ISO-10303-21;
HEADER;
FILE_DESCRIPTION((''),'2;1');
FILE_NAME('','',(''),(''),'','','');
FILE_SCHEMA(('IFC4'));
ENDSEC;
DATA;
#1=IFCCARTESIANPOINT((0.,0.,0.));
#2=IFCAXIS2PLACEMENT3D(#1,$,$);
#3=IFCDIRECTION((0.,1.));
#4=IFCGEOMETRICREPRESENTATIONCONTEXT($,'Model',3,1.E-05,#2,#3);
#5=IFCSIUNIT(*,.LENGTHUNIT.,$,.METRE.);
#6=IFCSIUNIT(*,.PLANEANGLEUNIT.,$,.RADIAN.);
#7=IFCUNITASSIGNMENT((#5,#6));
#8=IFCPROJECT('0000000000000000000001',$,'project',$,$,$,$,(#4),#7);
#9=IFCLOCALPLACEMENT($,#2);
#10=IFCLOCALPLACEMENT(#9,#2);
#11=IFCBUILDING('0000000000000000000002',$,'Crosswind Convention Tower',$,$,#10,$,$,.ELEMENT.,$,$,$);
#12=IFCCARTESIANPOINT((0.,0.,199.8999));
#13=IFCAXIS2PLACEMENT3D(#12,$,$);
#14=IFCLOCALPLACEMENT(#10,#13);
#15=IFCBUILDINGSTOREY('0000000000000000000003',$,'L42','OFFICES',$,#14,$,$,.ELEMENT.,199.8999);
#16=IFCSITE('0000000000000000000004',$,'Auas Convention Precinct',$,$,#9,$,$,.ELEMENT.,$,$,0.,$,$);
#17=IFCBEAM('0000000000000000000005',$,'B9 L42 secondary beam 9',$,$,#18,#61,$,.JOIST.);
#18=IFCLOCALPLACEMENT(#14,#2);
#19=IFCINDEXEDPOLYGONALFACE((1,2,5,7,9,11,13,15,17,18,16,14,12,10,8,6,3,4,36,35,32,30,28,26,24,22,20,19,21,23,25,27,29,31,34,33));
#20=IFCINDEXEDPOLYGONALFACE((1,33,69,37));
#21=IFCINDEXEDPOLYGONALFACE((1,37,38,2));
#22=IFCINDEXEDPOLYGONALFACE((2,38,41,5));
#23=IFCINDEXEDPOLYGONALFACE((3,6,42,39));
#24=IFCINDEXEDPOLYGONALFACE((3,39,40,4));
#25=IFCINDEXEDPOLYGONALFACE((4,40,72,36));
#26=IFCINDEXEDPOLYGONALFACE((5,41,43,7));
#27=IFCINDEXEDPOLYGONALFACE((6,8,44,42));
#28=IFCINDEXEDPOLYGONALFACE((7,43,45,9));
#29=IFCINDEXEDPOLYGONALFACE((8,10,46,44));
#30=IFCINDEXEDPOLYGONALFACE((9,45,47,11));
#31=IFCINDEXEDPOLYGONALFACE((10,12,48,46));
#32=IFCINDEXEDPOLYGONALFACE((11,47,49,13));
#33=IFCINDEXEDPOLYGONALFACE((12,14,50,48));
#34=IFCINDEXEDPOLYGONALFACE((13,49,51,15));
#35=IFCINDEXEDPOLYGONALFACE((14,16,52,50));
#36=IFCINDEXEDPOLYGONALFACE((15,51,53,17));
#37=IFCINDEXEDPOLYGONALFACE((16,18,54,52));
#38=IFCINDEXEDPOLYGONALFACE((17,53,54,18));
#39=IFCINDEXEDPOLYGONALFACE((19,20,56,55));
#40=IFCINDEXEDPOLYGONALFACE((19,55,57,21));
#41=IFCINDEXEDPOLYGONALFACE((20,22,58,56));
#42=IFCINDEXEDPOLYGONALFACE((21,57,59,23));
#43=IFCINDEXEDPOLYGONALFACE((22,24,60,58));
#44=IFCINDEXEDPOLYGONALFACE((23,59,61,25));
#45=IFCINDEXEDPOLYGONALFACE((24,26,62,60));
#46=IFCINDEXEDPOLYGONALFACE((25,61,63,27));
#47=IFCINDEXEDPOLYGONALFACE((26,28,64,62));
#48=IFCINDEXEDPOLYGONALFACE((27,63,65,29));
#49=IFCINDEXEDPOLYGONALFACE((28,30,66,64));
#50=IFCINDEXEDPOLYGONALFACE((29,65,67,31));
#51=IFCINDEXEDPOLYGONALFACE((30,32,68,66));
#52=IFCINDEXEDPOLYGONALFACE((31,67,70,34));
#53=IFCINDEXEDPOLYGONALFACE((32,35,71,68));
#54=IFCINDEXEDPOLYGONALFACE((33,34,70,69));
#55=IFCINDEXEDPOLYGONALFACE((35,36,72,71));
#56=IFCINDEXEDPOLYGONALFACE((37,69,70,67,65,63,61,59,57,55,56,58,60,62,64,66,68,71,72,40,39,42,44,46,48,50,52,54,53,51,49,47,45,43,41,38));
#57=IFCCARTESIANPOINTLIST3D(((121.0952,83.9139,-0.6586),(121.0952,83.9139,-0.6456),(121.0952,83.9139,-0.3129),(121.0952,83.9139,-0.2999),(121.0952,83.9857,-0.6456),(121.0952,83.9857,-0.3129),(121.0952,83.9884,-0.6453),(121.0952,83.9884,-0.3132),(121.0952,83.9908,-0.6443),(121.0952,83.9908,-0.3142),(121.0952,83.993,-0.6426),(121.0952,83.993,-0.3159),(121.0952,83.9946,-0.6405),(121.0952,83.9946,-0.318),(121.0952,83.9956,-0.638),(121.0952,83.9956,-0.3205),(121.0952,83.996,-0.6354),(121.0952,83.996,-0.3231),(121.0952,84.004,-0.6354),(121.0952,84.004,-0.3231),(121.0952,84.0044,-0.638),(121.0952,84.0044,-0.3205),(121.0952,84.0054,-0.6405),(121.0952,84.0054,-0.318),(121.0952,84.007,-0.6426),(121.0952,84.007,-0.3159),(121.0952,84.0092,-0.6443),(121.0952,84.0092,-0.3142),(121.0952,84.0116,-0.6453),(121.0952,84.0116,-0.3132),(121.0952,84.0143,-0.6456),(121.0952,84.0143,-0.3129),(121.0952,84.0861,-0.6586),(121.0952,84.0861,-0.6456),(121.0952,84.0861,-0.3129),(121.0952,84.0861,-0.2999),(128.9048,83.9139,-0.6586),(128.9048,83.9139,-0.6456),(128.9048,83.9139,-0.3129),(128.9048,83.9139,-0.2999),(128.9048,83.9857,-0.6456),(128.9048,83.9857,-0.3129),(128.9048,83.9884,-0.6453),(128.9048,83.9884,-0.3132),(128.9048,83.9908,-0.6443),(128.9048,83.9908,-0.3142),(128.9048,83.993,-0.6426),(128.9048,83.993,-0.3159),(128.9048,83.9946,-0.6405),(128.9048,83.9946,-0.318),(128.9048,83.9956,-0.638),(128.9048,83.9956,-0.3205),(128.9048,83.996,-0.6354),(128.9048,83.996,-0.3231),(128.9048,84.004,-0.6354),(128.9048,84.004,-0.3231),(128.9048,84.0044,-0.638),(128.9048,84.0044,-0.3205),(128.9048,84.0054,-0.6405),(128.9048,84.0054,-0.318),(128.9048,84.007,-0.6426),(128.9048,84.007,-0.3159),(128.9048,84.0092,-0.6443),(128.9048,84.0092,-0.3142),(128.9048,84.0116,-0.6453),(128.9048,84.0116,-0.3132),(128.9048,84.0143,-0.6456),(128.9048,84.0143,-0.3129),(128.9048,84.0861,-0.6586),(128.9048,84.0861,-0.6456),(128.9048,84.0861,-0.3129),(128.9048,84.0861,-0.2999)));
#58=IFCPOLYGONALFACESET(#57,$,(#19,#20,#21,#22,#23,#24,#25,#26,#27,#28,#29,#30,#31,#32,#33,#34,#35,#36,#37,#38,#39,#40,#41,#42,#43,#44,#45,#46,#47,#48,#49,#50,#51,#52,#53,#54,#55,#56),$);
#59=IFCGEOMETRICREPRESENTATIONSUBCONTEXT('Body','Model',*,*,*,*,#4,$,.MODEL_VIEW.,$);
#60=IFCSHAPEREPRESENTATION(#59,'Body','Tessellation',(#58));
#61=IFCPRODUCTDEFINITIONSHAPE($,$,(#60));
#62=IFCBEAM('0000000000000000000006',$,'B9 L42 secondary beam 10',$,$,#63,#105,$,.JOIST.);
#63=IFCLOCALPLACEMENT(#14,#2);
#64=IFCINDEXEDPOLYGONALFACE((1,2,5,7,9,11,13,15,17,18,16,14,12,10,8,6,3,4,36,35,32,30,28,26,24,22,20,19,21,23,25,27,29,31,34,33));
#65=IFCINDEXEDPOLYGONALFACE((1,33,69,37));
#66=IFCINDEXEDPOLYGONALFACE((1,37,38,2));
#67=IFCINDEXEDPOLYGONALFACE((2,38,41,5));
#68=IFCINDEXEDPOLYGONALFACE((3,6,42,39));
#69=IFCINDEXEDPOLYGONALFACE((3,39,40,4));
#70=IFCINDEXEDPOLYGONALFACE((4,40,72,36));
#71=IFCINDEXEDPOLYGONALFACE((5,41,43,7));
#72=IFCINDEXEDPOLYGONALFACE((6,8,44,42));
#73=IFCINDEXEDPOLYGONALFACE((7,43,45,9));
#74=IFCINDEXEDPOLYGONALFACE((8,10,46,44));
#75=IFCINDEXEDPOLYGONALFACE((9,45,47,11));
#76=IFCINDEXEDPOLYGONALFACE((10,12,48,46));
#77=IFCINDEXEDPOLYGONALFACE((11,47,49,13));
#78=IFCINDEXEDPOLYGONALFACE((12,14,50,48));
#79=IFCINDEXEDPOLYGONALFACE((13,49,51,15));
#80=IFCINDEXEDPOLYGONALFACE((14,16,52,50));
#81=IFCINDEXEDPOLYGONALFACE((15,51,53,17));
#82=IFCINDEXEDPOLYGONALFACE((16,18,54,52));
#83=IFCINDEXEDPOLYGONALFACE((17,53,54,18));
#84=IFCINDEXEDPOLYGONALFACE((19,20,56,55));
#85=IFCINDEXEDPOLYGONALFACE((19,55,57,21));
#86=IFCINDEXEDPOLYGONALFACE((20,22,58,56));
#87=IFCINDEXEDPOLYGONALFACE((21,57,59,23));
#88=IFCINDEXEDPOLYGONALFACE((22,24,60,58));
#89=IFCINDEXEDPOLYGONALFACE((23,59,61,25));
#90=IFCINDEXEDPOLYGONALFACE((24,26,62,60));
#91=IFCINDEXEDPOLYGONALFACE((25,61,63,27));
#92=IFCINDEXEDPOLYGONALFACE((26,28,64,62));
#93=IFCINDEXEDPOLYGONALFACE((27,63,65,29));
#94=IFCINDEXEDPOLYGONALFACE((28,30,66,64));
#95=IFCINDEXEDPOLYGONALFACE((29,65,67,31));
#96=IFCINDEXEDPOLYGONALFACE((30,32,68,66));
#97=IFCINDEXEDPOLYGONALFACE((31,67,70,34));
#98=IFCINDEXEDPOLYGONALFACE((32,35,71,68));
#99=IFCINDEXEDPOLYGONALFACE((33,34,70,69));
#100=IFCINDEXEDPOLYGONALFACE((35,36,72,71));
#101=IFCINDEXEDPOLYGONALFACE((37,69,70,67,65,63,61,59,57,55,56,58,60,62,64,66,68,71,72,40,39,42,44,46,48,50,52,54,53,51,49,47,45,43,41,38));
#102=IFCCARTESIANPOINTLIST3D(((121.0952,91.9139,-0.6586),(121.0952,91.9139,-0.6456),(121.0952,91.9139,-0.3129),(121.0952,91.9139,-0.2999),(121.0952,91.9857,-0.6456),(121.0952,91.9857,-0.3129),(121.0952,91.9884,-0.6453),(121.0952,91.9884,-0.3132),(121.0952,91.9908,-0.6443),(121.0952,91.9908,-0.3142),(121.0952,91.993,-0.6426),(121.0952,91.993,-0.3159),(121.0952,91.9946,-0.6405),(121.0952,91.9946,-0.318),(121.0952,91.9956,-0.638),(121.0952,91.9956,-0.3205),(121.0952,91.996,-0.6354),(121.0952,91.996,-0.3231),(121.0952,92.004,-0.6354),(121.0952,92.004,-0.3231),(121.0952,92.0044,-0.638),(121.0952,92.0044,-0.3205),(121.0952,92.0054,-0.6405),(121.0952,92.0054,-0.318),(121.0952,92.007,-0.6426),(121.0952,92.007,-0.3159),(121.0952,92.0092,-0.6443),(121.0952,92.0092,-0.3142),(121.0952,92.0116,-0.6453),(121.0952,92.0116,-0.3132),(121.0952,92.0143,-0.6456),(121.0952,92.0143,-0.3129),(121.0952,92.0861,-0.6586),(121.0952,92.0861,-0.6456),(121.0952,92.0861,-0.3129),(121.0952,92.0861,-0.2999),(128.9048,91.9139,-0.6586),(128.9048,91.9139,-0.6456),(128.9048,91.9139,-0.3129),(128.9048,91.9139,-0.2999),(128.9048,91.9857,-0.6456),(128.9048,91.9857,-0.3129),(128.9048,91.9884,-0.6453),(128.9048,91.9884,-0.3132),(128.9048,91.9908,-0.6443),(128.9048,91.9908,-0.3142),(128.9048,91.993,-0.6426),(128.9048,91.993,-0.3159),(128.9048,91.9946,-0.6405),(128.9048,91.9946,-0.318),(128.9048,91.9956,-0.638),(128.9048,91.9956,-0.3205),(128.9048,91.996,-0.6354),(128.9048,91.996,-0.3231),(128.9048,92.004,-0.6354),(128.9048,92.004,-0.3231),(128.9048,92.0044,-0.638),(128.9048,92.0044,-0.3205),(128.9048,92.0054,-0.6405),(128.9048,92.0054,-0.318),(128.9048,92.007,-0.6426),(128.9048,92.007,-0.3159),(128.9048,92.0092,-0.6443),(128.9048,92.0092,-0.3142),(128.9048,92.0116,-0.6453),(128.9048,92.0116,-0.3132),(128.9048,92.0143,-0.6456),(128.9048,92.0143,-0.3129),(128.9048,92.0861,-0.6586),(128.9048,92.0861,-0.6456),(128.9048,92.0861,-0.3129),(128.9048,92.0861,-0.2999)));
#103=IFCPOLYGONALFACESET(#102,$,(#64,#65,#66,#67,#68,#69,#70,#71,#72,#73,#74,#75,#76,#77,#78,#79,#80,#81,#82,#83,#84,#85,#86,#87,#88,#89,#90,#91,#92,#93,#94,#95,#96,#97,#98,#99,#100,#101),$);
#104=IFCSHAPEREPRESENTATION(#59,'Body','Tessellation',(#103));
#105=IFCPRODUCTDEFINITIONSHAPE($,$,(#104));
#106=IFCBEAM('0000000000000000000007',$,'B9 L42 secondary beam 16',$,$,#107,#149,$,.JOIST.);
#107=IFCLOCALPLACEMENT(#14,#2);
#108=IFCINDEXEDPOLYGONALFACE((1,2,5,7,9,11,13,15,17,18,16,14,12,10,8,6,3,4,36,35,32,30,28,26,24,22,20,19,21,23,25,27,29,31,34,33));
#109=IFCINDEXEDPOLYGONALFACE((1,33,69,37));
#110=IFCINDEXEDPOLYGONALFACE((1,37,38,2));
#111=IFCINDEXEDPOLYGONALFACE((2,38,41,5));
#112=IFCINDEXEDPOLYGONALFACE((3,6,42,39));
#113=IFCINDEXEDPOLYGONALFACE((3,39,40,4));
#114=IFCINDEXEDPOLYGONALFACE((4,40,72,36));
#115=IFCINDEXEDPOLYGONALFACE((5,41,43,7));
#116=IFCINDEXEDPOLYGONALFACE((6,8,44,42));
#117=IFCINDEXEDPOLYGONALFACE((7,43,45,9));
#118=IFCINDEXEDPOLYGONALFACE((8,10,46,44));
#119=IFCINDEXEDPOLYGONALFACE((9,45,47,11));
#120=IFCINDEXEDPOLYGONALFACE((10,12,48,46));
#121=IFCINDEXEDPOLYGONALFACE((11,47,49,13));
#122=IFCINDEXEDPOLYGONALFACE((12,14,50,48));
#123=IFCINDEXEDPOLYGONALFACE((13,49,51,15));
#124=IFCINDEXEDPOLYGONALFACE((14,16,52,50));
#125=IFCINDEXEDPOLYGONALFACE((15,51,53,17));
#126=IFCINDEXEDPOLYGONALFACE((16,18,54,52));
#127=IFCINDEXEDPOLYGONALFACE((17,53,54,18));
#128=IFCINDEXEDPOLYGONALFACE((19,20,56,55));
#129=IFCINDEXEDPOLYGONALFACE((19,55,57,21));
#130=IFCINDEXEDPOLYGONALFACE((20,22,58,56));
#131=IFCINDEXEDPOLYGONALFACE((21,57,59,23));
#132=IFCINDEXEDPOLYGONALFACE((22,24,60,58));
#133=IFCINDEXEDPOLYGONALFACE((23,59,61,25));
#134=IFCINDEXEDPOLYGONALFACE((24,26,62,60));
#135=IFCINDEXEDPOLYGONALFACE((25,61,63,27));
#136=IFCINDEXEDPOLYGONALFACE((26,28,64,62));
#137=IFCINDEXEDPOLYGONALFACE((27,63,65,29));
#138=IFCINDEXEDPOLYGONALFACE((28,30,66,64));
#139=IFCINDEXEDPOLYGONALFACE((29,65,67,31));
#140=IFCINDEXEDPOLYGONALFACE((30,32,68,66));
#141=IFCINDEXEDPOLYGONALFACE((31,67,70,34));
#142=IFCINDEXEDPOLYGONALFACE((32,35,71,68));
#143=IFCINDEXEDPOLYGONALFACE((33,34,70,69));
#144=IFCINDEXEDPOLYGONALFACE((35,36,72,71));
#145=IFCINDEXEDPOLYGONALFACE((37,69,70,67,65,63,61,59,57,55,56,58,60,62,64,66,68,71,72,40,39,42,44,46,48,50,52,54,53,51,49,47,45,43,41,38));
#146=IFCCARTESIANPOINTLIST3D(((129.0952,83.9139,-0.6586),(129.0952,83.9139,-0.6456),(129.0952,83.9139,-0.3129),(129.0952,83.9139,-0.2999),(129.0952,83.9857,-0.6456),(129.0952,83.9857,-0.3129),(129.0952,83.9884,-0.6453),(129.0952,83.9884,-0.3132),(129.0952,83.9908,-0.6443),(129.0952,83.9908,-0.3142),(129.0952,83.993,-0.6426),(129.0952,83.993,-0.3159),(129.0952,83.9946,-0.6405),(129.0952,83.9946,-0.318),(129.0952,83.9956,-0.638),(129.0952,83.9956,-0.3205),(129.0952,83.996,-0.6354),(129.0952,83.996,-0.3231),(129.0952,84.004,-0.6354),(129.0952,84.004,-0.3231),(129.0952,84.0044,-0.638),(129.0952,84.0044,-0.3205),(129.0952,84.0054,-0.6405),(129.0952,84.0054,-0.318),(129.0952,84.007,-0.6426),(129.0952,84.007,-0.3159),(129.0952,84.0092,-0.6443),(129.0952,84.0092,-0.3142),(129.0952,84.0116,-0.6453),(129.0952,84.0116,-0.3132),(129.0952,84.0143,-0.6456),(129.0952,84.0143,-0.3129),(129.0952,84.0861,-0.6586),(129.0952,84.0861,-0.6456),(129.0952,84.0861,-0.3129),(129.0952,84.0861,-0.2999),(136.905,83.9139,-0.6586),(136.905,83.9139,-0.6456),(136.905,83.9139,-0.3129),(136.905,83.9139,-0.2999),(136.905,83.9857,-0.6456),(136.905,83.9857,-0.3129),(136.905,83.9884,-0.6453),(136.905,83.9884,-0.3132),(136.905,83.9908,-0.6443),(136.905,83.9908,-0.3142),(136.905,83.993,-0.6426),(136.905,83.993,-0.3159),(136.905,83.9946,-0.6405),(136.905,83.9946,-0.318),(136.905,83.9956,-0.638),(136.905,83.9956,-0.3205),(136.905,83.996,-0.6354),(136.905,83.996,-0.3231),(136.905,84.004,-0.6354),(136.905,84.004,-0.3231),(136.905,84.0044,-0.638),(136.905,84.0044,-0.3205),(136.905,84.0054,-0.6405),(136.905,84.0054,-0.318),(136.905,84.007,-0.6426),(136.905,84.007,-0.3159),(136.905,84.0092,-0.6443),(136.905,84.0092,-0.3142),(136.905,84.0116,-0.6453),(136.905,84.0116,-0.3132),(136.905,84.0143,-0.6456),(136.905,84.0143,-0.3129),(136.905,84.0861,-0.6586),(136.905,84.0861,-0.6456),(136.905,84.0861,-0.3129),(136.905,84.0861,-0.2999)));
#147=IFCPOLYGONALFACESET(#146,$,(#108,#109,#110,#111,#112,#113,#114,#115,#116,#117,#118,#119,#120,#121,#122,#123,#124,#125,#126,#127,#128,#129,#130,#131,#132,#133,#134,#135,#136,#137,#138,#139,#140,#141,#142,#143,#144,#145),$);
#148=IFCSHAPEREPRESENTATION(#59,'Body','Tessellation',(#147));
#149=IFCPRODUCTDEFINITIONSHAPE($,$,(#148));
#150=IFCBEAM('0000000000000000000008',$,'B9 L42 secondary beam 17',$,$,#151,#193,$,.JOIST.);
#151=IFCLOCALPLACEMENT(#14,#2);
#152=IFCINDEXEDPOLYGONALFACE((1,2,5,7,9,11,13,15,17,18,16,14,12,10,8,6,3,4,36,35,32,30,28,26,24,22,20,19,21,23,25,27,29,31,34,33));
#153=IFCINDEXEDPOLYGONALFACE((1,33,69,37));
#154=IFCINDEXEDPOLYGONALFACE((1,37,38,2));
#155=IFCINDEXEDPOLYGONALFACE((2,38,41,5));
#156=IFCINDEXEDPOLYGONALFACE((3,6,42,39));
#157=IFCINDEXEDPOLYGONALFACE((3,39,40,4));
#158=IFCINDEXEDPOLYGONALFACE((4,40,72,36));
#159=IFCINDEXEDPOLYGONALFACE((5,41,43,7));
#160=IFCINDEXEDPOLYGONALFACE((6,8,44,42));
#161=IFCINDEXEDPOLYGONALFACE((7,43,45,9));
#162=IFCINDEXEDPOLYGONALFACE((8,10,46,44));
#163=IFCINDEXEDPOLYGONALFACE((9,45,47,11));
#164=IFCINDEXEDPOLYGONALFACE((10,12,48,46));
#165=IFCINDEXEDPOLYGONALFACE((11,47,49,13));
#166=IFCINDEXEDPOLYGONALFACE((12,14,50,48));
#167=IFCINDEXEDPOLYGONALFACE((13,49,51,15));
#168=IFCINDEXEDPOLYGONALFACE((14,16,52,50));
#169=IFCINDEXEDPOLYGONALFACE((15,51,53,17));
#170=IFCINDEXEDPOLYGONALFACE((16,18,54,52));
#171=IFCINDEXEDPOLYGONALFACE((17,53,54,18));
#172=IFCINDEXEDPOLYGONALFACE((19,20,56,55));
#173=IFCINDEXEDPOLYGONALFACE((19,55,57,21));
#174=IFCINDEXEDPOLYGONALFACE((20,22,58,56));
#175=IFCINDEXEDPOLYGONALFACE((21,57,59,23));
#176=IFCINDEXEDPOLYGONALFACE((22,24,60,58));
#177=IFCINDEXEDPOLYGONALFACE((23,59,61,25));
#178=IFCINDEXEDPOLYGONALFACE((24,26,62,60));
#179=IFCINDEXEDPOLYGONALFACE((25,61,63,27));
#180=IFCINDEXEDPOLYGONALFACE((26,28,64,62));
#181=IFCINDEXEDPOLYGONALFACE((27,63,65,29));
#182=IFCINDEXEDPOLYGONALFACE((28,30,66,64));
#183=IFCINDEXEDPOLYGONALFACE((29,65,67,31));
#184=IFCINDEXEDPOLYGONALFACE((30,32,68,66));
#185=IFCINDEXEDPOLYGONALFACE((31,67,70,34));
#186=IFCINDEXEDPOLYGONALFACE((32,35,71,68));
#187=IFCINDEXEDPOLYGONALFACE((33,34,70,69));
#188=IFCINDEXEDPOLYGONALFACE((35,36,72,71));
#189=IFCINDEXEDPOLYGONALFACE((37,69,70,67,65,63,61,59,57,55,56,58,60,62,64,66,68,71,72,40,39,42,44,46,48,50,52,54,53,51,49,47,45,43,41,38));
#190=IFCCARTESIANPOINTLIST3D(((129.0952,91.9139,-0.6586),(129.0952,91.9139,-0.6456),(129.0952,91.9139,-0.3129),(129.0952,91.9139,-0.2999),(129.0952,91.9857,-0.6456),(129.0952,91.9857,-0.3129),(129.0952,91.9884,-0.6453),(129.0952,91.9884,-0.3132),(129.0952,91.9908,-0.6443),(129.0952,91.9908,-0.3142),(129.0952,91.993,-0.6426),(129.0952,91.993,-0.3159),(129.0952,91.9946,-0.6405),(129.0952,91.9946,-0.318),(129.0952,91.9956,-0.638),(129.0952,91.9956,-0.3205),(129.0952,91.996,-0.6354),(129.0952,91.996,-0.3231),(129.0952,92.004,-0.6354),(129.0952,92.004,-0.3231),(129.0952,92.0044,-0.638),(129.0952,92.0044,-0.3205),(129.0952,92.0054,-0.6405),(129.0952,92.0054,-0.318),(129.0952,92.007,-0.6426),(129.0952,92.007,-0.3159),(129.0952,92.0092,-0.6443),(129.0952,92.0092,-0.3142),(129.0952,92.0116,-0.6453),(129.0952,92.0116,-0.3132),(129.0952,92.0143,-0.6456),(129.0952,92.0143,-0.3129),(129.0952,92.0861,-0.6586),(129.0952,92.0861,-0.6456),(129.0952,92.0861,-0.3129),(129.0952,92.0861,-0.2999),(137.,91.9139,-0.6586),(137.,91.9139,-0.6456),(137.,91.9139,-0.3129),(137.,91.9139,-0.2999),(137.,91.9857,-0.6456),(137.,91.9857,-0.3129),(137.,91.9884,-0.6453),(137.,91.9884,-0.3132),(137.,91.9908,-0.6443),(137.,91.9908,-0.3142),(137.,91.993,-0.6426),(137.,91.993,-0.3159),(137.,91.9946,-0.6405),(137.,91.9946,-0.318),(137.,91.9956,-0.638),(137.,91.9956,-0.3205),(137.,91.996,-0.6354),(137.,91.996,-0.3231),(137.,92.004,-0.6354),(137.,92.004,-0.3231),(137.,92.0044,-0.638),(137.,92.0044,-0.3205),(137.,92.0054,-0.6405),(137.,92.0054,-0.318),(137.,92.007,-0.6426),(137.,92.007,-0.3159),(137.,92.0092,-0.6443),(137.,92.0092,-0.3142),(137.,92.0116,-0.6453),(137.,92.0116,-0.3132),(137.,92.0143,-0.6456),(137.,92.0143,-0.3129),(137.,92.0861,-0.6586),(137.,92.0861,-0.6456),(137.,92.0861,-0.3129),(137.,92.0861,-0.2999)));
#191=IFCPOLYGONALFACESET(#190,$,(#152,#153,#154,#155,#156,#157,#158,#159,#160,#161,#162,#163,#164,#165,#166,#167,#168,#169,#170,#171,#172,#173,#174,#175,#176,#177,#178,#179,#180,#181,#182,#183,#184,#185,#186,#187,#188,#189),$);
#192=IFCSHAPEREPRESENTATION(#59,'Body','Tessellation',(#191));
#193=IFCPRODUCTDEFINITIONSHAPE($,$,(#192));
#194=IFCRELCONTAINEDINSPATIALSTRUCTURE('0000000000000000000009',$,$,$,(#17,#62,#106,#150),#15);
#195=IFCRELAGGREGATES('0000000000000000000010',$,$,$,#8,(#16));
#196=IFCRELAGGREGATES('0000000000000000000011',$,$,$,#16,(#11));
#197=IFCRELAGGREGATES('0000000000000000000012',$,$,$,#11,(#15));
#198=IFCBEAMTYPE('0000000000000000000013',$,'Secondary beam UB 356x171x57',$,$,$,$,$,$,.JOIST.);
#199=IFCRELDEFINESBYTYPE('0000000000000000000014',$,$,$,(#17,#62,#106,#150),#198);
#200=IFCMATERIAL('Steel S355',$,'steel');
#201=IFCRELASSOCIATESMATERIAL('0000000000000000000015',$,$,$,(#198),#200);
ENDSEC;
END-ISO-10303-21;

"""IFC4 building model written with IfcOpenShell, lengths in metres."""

from ifc_helpers import new_model, si_unit, direction, frame, origin, origin_2d, place, context, subcontext, project, spatial, i_section, extrude, material, material_profile, profile_set, type_object, element, save


model = new_model("IFC4")

# Units and contexts
model_context = context("Model", 3, precision=1e-05, world=origin(), true_north=direction((0.0, 1.0)))
body_context = subcontext(model_context, "Body", "Model", "MODEL_VIEW")
ifc_project = project(units=[si_unit("LENGTHUNIT", "METRE"), si_unit("PLANEANGLEUNIT", "RADIAN")], contexts=[model_context])

# Site, building, storey
site_placement = place(None, origin())
site = spatial("IfcSite", under=ifc_project, at=site_placement, Name="Auas Convention Precinct", CompositionType="ELEMENT", RefElevation=0.0)
building_placement = place(site_placement, origin())
building = spatial("IfcBuilding", under=site, at=building_placement, Name="Crosswind Convention Tower", CompositionType="ELEMENT")
storey_placement = place(building_placement, frame((0.0, 0.0, 199.8999)))
storey = spatial("IfcBuildingStorey", under=building, at=storey_placement, Name="L42", Description="OFFICES", CompositionType="ELEMENT", Elevation=199.8999)

# Beams
ifc_material_1 = material(Name="Steel S355", Category="steel")
ifc_material_profile_1 = material_profile(ifc_material_1, i_section(OverallWidth=0.1721, OverallDepth=0.3586, WebThickness=0.0081, FlangeThickness=0.0129, FilletRadius=0.0103, at=origin_2d()), Name="UB 356x171x57")
ifc_profile_set_1 = profile_set([ifc_material_profile_1], Name="Steel S355")
beam_type_1 = type_object("IfcBeamType", Name="Secondary beam UB 356x171x57", PredefinedType="JOIST", material=ifc_profile_set_1)
for number, where, z_axis, x_axis, name in (
    (1, (121.0952, 84.0, -0.4792), (1.0, 0.0, 0.0), (0.0, 1.0, 0.0), "B9 L42 secondary beam 9"),
    (2, (121.0952, 92.0, -0.4792), (1.0, 0.0, 0.0), (0.0, 1.0, 0.0), "B9 L42 secondary beam 10"),
):
    element("IfcBeam", number, at=place(storey_placement, frame(where, z_axis=z_axis, x_axis=x_axis)), inside=storey, type_object=beam_type_1, Name=name, PredefinedType="JOIST", context=body_context, shape_type="SweptSolid", body=[
        extrude(i_section(OverallWidth=0.1721, OverallDepth=0.3586, WebThickness=0.0081, FlangeThickness=0.0129, FilletRadius=0.0103, at=origin_2d()), origin(), (0.0, 0.0, 1.0), 7.8096),
    ])
beam_1_placement = place(storey_placement, frame((129.0952, 84.0, -0.4792), z_axis=(1.0, 0.0, 0.0), x_axis=(0.0, 1.0, 0.0)))
element("IfcBeam", 3, at=beam_1_placement, inside=storey, type_object=beam_type_1, Name="B9 L42 secondary beam 16", PredefinedType="JOIST", context=body_context, shape_type="SweptSolid", body=[
    extrude(i_section(OverallWidth=0.1721, OverallDepth=0.3586, WebThickness=0.0081, FlangeThickness=0.0129, FilletRadius=0.0103, at=origin_2d()), origin(), (0.0, 0.0, 1.0), 7.8098),
])
beam_2_placement = place(storey_placement, frame((129.0952, 92.0, -0.4792), z_axis=(1.0, 0.0, 0.0), x_axis=(0.0, 1.0, 0.0)))
element("IfcBeam", 4, at=beam_2_placement, inside=storey, type_object=beam_type_1, Name="B9 L42 secondary beam 17", PredefinedType="JOIST", context=body_context, shape_type="SweptSolid", body=[
    extrude(i_section(OverallWidth=0.1721, OverallDepth=0.3586, WebThickness=0.0081, FlangeThickness=0.0129, FilletRadius=0.0103, at=origin_2d()), origin(), (0.0, 0.0, 1.0), 7.9048),
])

save(model, "model.ifc")
